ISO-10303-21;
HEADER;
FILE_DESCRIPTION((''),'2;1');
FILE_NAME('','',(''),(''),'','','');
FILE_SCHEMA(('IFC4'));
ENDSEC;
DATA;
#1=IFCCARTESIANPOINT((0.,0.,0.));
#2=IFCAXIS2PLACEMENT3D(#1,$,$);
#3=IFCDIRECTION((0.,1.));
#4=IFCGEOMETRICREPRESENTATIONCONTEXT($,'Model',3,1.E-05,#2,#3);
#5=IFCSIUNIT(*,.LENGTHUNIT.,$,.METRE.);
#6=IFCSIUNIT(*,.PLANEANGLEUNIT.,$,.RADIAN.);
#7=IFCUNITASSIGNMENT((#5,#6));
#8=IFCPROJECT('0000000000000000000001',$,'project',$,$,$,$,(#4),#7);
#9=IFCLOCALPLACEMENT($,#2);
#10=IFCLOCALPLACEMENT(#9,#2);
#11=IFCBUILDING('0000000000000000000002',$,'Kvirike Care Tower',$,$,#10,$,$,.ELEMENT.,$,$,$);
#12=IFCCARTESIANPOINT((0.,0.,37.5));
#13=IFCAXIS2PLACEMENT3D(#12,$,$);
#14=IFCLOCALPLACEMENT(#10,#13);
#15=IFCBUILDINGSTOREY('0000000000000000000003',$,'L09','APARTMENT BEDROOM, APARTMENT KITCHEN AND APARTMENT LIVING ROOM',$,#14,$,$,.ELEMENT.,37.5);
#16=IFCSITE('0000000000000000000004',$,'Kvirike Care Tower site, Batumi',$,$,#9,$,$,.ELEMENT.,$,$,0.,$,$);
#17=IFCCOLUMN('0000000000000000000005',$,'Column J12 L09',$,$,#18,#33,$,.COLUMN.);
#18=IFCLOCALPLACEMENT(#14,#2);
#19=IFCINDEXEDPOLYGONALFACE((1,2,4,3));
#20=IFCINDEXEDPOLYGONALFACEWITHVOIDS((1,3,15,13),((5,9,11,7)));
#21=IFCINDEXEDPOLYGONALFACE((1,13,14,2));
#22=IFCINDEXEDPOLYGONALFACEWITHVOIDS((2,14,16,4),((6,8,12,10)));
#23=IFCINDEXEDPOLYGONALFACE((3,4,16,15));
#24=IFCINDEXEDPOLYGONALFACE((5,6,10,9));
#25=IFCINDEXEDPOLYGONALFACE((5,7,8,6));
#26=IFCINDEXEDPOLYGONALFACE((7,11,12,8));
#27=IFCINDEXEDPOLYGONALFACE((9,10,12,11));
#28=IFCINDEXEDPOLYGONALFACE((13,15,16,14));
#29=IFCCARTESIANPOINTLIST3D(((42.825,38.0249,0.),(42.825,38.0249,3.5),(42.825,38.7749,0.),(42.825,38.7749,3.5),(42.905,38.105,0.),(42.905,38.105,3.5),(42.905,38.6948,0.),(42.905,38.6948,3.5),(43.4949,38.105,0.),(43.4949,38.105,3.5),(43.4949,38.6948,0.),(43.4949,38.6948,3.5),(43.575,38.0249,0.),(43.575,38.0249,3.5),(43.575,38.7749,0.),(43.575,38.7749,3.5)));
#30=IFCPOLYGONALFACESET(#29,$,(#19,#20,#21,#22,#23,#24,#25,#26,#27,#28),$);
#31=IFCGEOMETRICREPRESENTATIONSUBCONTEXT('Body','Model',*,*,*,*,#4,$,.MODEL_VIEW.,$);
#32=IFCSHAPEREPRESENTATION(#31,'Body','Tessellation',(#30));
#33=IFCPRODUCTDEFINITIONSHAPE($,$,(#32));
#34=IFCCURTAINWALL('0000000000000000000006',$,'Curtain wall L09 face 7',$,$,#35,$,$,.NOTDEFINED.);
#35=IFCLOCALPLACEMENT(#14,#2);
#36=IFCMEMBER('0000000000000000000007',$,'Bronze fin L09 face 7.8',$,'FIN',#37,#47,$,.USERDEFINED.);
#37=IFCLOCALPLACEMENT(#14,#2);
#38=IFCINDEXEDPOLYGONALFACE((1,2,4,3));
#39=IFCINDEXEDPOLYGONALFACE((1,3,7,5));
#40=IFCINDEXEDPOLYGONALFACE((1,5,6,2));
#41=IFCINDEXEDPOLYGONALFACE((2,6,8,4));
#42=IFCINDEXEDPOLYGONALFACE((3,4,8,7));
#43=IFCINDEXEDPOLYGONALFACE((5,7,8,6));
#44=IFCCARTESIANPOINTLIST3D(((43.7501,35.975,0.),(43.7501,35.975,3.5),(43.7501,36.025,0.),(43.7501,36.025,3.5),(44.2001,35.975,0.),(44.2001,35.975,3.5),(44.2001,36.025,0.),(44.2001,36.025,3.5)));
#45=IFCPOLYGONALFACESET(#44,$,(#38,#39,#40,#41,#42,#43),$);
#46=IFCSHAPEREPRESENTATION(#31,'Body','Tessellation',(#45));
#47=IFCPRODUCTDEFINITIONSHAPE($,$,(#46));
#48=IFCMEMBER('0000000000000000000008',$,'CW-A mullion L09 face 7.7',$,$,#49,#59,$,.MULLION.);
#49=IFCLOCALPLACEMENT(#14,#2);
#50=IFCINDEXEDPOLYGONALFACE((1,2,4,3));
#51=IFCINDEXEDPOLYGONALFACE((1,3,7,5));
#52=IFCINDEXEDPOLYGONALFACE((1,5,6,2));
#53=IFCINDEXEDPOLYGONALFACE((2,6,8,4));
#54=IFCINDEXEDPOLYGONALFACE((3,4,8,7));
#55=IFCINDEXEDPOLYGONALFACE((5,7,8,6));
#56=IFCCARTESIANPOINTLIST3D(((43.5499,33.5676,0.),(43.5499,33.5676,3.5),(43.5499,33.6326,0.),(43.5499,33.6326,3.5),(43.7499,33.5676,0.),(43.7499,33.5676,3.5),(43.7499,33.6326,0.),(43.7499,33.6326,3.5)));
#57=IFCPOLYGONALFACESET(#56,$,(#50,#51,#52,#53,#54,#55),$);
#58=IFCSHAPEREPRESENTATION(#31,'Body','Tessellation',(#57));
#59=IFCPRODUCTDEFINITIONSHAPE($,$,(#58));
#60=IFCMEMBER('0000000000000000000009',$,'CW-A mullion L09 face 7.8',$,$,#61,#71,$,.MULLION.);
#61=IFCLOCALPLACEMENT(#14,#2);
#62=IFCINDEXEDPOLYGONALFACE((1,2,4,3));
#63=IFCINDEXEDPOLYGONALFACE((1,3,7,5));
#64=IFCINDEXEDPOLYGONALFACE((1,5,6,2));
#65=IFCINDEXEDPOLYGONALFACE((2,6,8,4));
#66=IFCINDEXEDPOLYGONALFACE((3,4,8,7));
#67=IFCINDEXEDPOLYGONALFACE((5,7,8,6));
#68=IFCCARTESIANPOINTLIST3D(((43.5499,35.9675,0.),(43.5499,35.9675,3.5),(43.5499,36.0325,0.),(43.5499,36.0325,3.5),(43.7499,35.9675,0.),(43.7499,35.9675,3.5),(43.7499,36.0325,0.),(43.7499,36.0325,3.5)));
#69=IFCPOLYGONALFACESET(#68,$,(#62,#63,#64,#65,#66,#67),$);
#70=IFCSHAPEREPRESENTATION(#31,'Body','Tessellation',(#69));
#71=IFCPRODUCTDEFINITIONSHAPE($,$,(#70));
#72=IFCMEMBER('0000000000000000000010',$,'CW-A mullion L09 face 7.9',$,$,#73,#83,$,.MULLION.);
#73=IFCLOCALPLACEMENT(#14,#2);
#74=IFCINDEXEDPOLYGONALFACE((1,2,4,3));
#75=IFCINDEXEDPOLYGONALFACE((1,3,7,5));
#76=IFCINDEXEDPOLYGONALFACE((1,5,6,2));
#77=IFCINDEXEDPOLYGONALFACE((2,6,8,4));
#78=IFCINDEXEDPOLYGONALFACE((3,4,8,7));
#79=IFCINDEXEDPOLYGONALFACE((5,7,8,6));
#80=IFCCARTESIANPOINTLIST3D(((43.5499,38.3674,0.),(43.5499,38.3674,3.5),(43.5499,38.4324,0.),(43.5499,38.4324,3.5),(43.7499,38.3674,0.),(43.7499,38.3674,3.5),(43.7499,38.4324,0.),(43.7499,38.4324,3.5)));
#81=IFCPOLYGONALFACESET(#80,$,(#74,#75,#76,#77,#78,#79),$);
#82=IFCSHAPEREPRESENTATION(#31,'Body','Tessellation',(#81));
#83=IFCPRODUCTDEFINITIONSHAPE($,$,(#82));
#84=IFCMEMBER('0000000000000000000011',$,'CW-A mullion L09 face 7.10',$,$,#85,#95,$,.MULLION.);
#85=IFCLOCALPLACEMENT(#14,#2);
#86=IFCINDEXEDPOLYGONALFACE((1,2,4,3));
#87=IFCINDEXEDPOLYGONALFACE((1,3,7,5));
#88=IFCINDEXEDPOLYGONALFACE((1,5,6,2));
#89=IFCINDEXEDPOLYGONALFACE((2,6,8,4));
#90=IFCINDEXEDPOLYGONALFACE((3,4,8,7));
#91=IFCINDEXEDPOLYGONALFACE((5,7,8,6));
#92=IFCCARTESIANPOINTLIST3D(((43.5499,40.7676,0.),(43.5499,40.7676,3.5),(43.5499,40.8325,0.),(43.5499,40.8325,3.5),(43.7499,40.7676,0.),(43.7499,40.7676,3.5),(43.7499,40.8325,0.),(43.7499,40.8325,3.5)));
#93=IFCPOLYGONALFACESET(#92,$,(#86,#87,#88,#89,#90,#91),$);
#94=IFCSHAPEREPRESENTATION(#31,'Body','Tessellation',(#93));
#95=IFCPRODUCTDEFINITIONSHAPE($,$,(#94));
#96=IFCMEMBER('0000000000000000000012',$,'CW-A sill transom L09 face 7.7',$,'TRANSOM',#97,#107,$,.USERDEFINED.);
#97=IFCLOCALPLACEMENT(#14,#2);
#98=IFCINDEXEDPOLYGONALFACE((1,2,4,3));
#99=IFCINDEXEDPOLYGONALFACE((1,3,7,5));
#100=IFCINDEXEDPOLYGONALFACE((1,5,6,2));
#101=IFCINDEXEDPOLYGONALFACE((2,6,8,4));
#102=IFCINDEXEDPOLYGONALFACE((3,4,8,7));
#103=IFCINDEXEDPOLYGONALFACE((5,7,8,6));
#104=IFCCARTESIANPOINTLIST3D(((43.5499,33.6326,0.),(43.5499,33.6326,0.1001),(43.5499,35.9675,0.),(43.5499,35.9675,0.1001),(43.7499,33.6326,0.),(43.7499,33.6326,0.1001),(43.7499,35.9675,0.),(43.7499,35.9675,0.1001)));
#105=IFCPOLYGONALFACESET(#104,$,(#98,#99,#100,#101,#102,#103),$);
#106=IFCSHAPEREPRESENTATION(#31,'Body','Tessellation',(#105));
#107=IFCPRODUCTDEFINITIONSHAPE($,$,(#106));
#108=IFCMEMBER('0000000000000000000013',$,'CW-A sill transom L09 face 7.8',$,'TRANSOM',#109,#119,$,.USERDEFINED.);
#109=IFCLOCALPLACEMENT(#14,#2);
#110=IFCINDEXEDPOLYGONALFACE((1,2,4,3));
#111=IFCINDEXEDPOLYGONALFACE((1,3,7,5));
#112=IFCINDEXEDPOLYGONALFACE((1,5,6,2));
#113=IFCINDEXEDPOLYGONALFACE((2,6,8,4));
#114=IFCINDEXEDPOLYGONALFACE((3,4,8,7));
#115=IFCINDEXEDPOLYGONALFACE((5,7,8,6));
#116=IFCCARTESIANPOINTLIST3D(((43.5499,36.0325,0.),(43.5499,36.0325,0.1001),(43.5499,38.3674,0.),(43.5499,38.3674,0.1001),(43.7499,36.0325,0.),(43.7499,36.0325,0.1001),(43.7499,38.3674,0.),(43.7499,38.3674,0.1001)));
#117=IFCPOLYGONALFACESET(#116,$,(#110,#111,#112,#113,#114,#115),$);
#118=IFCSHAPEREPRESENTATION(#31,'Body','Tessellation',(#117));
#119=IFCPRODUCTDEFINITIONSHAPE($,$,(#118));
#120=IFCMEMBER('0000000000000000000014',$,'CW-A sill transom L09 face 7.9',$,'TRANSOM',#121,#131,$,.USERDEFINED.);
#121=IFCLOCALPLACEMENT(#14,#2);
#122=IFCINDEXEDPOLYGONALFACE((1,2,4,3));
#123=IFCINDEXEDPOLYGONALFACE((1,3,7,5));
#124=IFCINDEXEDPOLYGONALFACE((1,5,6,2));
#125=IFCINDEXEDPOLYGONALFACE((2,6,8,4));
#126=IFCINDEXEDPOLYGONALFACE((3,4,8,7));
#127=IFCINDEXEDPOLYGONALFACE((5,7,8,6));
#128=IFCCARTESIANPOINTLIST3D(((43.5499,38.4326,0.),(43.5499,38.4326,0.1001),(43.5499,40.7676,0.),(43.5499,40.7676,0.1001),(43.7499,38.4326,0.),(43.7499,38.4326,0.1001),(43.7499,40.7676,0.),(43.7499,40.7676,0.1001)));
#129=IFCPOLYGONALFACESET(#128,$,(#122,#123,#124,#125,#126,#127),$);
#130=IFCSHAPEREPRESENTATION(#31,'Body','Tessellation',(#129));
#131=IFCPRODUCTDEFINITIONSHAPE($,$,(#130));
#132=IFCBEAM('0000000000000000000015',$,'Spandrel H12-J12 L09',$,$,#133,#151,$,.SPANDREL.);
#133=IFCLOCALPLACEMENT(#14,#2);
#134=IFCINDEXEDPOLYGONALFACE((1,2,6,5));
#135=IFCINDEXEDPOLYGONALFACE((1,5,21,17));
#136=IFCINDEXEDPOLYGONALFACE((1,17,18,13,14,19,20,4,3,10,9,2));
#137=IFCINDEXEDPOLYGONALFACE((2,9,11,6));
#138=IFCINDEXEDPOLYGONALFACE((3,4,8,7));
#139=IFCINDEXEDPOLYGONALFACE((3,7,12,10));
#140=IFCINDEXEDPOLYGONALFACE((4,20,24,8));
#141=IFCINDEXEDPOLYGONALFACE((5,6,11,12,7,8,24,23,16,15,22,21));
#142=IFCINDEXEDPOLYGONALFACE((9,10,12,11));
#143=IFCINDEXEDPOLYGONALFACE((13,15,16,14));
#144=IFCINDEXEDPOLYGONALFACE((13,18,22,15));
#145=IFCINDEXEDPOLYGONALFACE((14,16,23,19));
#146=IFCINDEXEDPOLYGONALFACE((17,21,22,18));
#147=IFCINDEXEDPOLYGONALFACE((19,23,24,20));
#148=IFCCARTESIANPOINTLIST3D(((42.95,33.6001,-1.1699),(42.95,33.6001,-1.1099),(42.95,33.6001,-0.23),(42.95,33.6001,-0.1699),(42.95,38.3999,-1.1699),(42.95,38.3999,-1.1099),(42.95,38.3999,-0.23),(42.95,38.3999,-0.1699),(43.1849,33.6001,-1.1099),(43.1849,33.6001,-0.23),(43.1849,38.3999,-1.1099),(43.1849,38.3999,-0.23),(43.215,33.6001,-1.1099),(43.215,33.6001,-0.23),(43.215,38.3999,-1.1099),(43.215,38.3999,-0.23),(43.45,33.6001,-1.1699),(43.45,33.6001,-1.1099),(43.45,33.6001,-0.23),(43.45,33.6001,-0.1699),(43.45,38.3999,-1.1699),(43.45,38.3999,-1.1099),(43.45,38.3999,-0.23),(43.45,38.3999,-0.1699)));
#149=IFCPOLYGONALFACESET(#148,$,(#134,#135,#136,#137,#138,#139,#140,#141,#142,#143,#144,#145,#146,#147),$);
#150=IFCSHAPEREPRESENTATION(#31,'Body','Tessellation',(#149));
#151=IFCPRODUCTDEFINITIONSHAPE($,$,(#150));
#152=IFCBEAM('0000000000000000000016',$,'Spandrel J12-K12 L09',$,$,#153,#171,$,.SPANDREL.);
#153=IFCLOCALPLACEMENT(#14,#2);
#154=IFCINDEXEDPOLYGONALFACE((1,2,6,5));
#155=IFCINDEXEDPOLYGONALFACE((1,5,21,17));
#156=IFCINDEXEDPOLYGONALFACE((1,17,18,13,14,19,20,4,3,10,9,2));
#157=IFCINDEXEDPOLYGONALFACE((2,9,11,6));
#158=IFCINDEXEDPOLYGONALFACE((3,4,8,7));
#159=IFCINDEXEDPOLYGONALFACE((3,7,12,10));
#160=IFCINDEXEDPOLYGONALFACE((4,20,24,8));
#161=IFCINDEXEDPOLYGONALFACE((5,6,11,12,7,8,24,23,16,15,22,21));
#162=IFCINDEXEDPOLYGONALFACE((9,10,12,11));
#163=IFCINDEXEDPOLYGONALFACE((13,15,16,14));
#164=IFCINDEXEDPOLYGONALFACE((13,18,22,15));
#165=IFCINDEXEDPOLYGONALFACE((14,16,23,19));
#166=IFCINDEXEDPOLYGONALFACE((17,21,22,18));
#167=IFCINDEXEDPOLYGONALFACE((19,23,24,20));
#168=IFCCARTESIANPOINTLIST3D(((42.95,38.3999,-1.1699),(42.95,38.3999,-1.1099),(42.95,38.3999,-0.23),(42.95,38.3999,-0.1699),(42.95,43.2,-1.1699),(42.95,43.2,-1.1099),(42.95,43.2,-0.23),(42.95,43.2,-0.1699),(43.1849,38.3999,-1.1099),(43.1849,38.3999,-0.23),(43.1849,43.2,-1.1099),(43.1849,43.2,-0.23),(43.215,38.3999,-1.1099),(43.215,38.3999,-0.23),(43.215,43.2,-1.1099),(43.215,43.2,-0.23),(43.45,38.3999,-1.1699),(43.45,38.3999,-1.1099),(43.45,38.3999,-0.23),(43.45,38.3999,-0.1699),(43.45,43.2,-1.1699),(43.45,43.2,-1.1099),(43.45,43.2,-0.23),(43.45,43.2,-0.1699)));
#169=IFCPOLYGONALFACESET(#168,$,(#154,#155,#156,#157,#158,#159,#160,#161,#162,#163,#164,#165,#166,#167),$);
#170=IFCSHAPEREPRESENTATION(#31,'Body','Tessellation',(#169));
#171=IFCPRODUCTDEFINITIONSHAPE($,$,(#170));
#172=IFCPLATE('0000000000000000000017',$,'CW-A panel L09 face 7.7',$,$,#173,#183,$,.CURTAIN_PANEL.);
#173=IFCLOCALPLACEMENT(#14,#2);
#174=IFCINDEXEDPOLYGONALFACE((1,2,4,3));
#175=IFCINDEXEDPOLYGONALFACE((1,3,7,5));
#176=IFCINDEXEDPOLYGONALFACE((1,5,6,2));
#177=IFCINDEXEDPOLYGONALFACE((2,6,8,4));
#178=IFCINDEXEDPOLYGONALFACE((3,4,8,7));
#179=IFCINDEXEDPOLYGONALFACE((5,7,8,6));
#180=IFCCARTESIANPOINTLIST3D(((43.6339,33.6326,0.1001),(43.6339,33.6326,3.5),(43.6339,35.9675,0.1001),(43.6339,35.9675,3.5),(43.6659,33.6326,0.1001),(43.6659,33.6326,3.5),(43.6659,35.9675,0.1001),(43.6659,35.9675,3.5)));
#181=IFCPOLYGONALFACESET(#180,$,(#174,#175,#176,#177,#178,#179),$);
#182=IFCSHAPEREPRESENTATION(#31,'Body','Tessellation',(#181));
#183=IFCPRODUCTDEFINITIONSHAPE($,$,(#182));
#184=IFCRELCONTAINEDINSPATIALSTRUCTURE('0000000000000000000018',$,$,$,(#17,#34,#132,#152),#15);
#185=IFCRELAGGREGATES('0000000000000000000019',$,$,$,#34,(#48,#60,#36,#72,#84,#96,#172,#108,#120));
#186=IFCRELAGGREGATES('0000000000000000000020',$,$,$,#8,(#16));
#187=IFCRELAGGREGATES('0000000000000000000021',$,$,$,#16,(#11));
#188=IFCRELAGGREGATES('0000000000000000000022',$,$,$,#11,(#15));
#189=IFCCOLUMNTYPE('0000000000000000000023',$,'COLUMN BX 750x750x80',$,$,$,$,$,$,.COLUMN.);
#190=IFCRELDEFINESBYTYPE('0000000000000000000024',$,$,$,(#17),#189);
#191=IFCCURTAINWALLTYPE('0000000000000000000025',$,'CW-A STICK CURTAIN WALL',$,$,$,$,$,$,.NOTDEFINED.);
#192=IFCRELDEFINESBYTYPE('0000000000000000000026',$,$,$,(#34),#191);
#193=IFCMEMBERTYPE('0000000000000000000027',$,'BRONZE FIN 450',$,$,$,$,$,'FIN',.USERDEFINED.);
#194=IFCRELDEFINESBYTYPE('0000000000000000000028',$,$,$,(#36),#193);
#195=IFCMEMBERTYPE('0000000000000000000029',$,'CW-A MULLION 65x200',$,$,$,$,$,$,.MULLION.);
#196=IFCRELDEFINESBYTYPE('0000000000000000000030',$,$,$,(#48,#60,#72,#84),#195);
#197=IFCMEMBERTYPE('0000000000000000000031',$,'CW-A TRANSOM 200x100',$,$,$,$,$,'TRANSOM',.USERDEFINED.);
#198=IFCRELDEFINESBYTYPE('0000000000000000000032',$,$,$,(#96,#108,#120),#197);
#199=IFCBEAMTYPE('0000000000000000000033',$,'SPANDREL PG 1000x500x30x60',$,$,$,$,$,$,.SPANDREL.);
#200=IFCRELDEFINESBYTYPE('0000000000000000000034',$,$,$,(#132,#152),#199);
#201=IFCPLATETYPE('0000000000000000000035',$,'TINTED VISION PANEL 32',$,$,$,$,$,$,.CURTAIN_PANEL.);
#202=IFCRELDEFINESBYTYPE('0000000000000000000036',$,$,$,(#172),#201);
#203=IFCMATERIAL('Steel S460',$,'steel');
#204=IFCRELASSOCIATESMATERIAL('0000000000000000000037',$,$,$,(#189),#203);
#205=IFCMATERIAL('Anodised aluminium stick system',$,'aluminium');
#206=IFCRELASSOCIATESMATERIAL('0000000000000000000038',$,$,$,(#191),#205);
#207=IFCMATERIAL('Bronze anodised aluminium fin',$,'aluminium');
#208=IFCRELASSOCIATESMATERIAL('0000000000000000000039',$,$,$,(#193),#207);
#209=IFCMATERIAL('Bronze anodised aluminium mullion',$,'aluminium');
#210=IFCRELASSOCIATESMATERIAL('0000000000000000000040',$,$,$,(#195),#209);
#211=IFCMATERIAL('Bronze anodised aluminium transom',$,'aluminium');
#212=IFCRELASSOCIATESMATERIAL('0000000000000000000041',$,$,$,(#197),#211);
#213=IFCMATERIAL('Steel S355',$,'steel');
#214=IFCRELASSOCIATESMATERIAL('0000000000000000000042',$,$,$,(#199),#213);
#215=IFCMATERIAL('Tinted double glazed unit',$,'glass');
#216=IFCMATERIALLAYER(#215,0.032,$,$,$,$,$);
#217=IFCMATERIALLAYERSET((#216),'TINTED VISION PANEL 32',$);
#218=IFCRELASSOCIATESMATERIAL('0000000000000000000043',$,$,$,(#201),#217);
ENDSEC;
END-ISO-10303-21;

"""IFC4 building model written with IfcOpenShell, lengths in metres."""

from ifc_helpers import new_model, si_unit, direction, frame, origin, origin_2d, place, context, subcontext, project, spatial, rectangle, hollow_rectangle, i_section, extrude, material, layer, layer_set, material_profile, profile_set, type_object, element, aggregate, save


model = new_model("IFC4")

# Units and contexts
model_context = context("Model", 3, precision=1e-05, world=origin(), true_north=direction((0.0, 1.0)))
body_context = subcontext(model_context, "Body", "Model", "MODEL_VIEW")
ifc_project = project(units=[si_unit("LENGTHUNIT", "METRE"), si_unit("PLANEANGLEUNIT", "RADIAN")], contexts=[model_context])

# Site, building, storey
site_placement = place(None, origin())
site = spatial("IfcSite", under=ifc_project, at=site_placement, Name="Kvirike Care Tower site, Batumi", CompositionType="ELEMENT", RefElevation=0.0)
building_placement = place(site_placement, origin())
building = spatial("IfcBuilding", under=site, at=building_placement, Name="Kvirike Care Tower", CompositionType="ELEMENT")
storey_placement = place(building_placement, frame((0.0, 0.0, 37.5)))
storey = spatial("IfcBuildingStorey", under=building, at=storey_placement, Name="L09", Description="APARTMENT BEDROOM, APARTMENT KITCHEN AND APARTMENT LIVING ROOM", CompositionType="ELEMENT", Elevation=37.5)

# Column
ifc_material_1 = material(Name="Steel S460", Category="steel")
ifc_material_profile_1 = material_profile(ifc_material_1, hollow_rectangle(XDim=0.75, YDim=0.75, WallThickness=0.0801, at=origin_2d()), Name="BX 750x750x80")
ifc_profile_set_1 = profile_set([ifc_material_profile_1], Name="Steel S460")
column_type = type_object("IfcColumnType", Name="COLUMN BX 750x750x80", PredefinedType="COLUMN", material=ifc_profile_set_1)
column_placement = place(storey_placement, frame((43.2, 38.3999, 0.0), z_axis=(0.0, 0.0, 1.0), x_axis=(1.0, 0.0, 0.0)))
element("IfcColumn", 1, at=column_placement, inside=storey, type_object=column_type, Name="Column J12 L09", PredefinedType="COLUMN", context=body_context, shape_type="SweptSolid", body=[
    extrude(hollow_rectangle(XDim=0.75, YDim=0.75, WallThickness=0.0801, at=origin_2d()), origin(), (0.0, 0.0, 1.0), 3.5),
])

# Curtain wall, members
ifc_material_2 = material(Name="Anodised aluminium stick system", Category="aluminium")
curtain_wall_type = type_object("IfcCurtainWallType", Name="CW-A STICK CURTAIN WALL", PredefinedType="NOTDEFINED", material=ifc_material_2)
curtain_wall_placement = place(storey_placement, origin())
curtain_wall = element("IfcCurtainWall", 2, at=curtain_wall_placement, inside=storey, type_object=curtain_wall_type, Name="Curtain wall L09 face 7", PredefinedType="NOTDEFINED")
ifc_material_3 = material(Name="Bronze anodised aluminium fin", Category="aluminium")
ifc_material_profile_2 = material_profile(ifc_material_3, rectangle(XDim=0.05, YDim=0.45, at=origin_2d()), Name="BRONZE FIN 450")
ifc_profile_set_2 = profile_set([ifc_material_profile_2], Name="Bronze anodised aluminium fin")
member_type_1 = type_object("IfcMemberType", Name="BRONZE FIN 450", ElementType="FIN", PredefinedType="USERDEFINED", material=ifc_profile_set_2)
member_1_placement = place(storey_placement, frame((43.9751, 36.0, 0.0), z_axis=(0.0, 0.0, 1.0), x_axis=(0.0, 1.0, 0.0)))
member_1 = element("IfcMember", 3, at=member_1_placement, type_object=member_type_1, Name="Bronze fin L09 face 7.8", ObjectType="FIN", PredefinedType="USERDEFINED", context=body_context, shape_type="SweptSolid", body=[
    extrude(rectangle(XDim=0.05, YDim=0.45, at=origin_2d()), origin(), (0.0, 0.0, 1.0), 3.5),
])
ifc_material_4 = material(Name="Bronze anodised aluminium mullion", Category="aluminium")
ifc_material_profile_3 = material_profile(ifc_material_4, rectangle(XDim=0.0649, YDim=0.2, at=origin_2d()), Name="CW-A MULLION 65x200")
ifc_profile_set_3 = profile_set([ifc_material_profile_3], Name="Bronze anodised aluminium mullion")
member_type_2 = type_object("IfcMemberType", Name="CW-A MULLION 65x200", PredefinedType="MULLION", material=ifc_profile_set_3)
member_2_placement = place(storey_placement, frame((43.6499, 33.6001, 0.0), z_axis=(0.0, 0.0, 1.0), x_axis=(0.0, 1.0, 0.0)))
member_2 = element("IfcMember", 4, at=member_2_placement, type_object=member_type_2, Name="CW-A mullion L09 face 7.7", PredefinedType="MULLION", context=body_context, shape_type="SweptSolid", body=[
    extrude(rectangle(XDim=0.0649, YDim=0.2, at=origin_2d()), origin(), (0.0, 0.0, 1.0), 3.5),
])
member_3_placement = place(storey_placement, frame((43.6499, 36.0, 0.0), z_axis=(0.0, 0.0, 1.0), x_axis=(0.0, 1.0, 0.0)))
member_3 = element("IfcMember", 5, at=member_3_placement, type_object=member_type_2, Name="CW-A mullion L09 face 7.8", PredefinedType="MULLION", context=body_context, shape_type="SweptSolid", body=[
    extrude(rectangle(XDim=0.0649, YDim=0.2, at=origin_2d()), origin(), (0.0, 0.0, 1.0), 3.5),
])
member_4_placement = place(storey_placement, frame((43.6499, 38.3999, 0.0), z_axis=(0.0, 0.0, 1.0), x_axis=(0.0, 1.0, 0.0)))
member_4 = element("IfcMember", 6, at=member_4_placement, type_object=member_type_2, Name="CW-A mullion L09 face 7.9", PredefinedType="MULLION", context=body_context, shape_type="SweptSolid", body=[
    extrude(rectangle(XDim=0.0649, YDim=0.2, at=origin_2d()), origin(), (0.0, 0.0, 1.0), 3.5),
])
member_5_placement = place(storey_placement, frame((43.6499, 40.8, 0.0), z_axis=(0.0, 0.0, 1.0), x_axis=(0.0, 1.0, 0.0)))
member_5 = element("IfcMember", 7, at=member_5_placement, type_object=member_type_2, Name="CW-A mullion L09 face 7.10", PredefinedType="MULLION", context=body_context, shape_type="SweptSolid", body=[
    extrude(rectangle(XDim=0.0649, YDim=0.2, at=origin_2d()), origin(), (0.0, 0.0, 1.0), 3.5),
])
ifc_material_5 = material(Name="Bronze anodised aluminium transom", Category="aluminium")
ifc_material_profile_4 = material_profile(ifc_material_5, rectangle(XDim=0.2, YDim=0.1001, at=origin_2d()), Name="CW-A TRANSOM 200x100")
ifc_profile_set_4 = profile_set([ifc_material_profile_4], Name="Bronze anodised aluminium transom")
member_type_3 = type_object("IfcMemberType", Name="CW-A TRANSOM 200x100", ElementType="TRANSOM", PredefinedType="USERDEFINED", material=ifc_profile_set_4)
member_6_placement = place(storey_placement, frame((43.6499, 33.6326, 0.05), z_axis=(0.0, 1.0, 0.0), x_axis=(-1.0, 0.0, 0.0)))
member_6 = element("IfcMember", 8, at=member_6_placement, type_object=member_type_3, Name="CW-A sill transom L09 face 7.7", ObjectType="TRANSOM", PredefinedType="USERDEFINED", context=body_context, shape_type="SweptSolid", body=[
    extrude(rectangle(XDim=0.2, YDim=0.1001, at=origin_2d()), origin(), (0.0, 0.0, 1.0), 2.335),
])
member_7_placement = place(storey_placement, frame((43.6499, 36.0325, 0.05), z_axis=(0.0, 1.0, 0.0), x_axis=(-1.0, 0.0, 0.0)))
member_7 = element("IfcMember", 9, at=member_7_placement, type_object=member_type_3, Name="CW-A sill transom L09 face 7.8", ObjectType="TRANSOM", PredefinedType="USERDEFINED", context=body_context, shape_type="SweptSolid", body=[
    extrude(rectangle(XDim=0.2, YDim=0.1001, at=origin_2d()), origin(), (0.0, 0.0, 1.0), 2.335),
])
member_8_placement = place(storey_placement, frame((43.6499, 38.4326, 0.05), z_axis=(0.0, 1.0, 0.0), x_axis=(-1.0, 0.0, 0.0)))
member_8 = element("IfcMember", 10, at=member_8_placement, type_object=member_type_3, Name="CW-A sill transom L09 face 7.9", ObjectType="TRANSOM", PredefinedType="USERDEFINED", context=body_context, shape_type="SweptSolid", body=[
    extrude(rectangle(XDim=0.2, YDim=0.1001, at=origin_2d()), origin(), (0.0, 0.0, 1.0), 2.335),
])

# Beams
ifc_material_6 = material(Name="Steel S355", Category="steel")
ifc_material_profile_5 = material_profile(ifc_material_6, i_section(OverallWidth=0.5, OverallDepth=1.0, WebThickness=0.03, FlangeThickness=0.0601, at=origin_2d()), Name="PG 1000x500x30x60")
ifc_profile_set_5 = profile_set([ifc_material_profile_5], Name="Steel S355")
beam_type = type_object("IfcBeamType", Name="SPANDREL PG 1000x500x30x60", PredefinedType="SPANDREL", material=ifc_profile_set_5)
beam_1_placement = place(storey_placement, frame((43.2, 33.6001, -0.6699), z_axis=(0.0, 1.0, 0.0), x_axis=(-1.0, 0.0, 0.0)))
element("IfcBeam", 11, at=beam_1_placement, inside=storey, type_object=beam_type, Name="Spandrel H12-J12 L09", PredefinedType="SPANDREL", context=body_context, shape_type="SweptSolid", body=[
    extrude(i_section(OverallWidth=0.5, OverallDepth=1.0, WebThickness=0.03, FlangeThickness=0.0601, at=origin_2d()), origin(), (0.0, 0.0, 1.0), 4.7998),
])
beam_2_placement = place(storey_placement, frame((43.2, 38.3999, -0.6699), z_axis=(0.0, 1.0, 0.0), x_axis=(-1.0, 0.0, 0.0)))
element("IfcBeam", 12, at=beam_2_placement, inside=storey, type_object=beam_type, Name="Spandrel J12-K12 L09", PredefinedType="SPANDREL", context=body_context, shape_type="SweptSolid", body=[
    extrude(i_section(OverallWidth=0.5, OverallDepth=1.0, WebThickness=0.03, FlangeThickness=0.0601, at=origin_2d()), origin(), (0.0, 0.0, 1.0), 4.8),
])

# Plate
ifc_material_7 = material(Name="Tinted double glazed unit", Category="glass")
ifc_layer_1 = layer(ifc_material_7, 0.032)
ifc_layer_set_1 = layer_set([ifc_layer_1], Name="TINTED VISION PANEL 32")
plate_type = type_object("IfcPlateType", Name="TINTED VISION PANEL 32", PredefinedType="CURTAIN_PANEL", material=ifc_layer_set_1)
plate_1_placement = place(storey_placement, frame((43.6499, 34.8, 0.1001), z_axis=(0.0, 0.0, 1.0), x_axis=(0.0, 1.0, 0.0)))
plate_1 = element("IfcPlate", 13, at=plate_1_placement, type_object=plate_type, Name="CW-A panel L09 face 7.7", PredefinedType="CURTAIN_PANEL", context=body_context, shape_type="SweptSolid", body=[
    extrude(rectangle(XDim=2.335, YDim=0.032, at=origin_2d()), origin(), (0.0, 0.0, 1.0), 3.3999),
])
aggregate(curtain_wall, [member_2, member_3, member_1, member_4, member_5, member_6, plate_1, member_7, member_8])

save(model, "model.ifc")
